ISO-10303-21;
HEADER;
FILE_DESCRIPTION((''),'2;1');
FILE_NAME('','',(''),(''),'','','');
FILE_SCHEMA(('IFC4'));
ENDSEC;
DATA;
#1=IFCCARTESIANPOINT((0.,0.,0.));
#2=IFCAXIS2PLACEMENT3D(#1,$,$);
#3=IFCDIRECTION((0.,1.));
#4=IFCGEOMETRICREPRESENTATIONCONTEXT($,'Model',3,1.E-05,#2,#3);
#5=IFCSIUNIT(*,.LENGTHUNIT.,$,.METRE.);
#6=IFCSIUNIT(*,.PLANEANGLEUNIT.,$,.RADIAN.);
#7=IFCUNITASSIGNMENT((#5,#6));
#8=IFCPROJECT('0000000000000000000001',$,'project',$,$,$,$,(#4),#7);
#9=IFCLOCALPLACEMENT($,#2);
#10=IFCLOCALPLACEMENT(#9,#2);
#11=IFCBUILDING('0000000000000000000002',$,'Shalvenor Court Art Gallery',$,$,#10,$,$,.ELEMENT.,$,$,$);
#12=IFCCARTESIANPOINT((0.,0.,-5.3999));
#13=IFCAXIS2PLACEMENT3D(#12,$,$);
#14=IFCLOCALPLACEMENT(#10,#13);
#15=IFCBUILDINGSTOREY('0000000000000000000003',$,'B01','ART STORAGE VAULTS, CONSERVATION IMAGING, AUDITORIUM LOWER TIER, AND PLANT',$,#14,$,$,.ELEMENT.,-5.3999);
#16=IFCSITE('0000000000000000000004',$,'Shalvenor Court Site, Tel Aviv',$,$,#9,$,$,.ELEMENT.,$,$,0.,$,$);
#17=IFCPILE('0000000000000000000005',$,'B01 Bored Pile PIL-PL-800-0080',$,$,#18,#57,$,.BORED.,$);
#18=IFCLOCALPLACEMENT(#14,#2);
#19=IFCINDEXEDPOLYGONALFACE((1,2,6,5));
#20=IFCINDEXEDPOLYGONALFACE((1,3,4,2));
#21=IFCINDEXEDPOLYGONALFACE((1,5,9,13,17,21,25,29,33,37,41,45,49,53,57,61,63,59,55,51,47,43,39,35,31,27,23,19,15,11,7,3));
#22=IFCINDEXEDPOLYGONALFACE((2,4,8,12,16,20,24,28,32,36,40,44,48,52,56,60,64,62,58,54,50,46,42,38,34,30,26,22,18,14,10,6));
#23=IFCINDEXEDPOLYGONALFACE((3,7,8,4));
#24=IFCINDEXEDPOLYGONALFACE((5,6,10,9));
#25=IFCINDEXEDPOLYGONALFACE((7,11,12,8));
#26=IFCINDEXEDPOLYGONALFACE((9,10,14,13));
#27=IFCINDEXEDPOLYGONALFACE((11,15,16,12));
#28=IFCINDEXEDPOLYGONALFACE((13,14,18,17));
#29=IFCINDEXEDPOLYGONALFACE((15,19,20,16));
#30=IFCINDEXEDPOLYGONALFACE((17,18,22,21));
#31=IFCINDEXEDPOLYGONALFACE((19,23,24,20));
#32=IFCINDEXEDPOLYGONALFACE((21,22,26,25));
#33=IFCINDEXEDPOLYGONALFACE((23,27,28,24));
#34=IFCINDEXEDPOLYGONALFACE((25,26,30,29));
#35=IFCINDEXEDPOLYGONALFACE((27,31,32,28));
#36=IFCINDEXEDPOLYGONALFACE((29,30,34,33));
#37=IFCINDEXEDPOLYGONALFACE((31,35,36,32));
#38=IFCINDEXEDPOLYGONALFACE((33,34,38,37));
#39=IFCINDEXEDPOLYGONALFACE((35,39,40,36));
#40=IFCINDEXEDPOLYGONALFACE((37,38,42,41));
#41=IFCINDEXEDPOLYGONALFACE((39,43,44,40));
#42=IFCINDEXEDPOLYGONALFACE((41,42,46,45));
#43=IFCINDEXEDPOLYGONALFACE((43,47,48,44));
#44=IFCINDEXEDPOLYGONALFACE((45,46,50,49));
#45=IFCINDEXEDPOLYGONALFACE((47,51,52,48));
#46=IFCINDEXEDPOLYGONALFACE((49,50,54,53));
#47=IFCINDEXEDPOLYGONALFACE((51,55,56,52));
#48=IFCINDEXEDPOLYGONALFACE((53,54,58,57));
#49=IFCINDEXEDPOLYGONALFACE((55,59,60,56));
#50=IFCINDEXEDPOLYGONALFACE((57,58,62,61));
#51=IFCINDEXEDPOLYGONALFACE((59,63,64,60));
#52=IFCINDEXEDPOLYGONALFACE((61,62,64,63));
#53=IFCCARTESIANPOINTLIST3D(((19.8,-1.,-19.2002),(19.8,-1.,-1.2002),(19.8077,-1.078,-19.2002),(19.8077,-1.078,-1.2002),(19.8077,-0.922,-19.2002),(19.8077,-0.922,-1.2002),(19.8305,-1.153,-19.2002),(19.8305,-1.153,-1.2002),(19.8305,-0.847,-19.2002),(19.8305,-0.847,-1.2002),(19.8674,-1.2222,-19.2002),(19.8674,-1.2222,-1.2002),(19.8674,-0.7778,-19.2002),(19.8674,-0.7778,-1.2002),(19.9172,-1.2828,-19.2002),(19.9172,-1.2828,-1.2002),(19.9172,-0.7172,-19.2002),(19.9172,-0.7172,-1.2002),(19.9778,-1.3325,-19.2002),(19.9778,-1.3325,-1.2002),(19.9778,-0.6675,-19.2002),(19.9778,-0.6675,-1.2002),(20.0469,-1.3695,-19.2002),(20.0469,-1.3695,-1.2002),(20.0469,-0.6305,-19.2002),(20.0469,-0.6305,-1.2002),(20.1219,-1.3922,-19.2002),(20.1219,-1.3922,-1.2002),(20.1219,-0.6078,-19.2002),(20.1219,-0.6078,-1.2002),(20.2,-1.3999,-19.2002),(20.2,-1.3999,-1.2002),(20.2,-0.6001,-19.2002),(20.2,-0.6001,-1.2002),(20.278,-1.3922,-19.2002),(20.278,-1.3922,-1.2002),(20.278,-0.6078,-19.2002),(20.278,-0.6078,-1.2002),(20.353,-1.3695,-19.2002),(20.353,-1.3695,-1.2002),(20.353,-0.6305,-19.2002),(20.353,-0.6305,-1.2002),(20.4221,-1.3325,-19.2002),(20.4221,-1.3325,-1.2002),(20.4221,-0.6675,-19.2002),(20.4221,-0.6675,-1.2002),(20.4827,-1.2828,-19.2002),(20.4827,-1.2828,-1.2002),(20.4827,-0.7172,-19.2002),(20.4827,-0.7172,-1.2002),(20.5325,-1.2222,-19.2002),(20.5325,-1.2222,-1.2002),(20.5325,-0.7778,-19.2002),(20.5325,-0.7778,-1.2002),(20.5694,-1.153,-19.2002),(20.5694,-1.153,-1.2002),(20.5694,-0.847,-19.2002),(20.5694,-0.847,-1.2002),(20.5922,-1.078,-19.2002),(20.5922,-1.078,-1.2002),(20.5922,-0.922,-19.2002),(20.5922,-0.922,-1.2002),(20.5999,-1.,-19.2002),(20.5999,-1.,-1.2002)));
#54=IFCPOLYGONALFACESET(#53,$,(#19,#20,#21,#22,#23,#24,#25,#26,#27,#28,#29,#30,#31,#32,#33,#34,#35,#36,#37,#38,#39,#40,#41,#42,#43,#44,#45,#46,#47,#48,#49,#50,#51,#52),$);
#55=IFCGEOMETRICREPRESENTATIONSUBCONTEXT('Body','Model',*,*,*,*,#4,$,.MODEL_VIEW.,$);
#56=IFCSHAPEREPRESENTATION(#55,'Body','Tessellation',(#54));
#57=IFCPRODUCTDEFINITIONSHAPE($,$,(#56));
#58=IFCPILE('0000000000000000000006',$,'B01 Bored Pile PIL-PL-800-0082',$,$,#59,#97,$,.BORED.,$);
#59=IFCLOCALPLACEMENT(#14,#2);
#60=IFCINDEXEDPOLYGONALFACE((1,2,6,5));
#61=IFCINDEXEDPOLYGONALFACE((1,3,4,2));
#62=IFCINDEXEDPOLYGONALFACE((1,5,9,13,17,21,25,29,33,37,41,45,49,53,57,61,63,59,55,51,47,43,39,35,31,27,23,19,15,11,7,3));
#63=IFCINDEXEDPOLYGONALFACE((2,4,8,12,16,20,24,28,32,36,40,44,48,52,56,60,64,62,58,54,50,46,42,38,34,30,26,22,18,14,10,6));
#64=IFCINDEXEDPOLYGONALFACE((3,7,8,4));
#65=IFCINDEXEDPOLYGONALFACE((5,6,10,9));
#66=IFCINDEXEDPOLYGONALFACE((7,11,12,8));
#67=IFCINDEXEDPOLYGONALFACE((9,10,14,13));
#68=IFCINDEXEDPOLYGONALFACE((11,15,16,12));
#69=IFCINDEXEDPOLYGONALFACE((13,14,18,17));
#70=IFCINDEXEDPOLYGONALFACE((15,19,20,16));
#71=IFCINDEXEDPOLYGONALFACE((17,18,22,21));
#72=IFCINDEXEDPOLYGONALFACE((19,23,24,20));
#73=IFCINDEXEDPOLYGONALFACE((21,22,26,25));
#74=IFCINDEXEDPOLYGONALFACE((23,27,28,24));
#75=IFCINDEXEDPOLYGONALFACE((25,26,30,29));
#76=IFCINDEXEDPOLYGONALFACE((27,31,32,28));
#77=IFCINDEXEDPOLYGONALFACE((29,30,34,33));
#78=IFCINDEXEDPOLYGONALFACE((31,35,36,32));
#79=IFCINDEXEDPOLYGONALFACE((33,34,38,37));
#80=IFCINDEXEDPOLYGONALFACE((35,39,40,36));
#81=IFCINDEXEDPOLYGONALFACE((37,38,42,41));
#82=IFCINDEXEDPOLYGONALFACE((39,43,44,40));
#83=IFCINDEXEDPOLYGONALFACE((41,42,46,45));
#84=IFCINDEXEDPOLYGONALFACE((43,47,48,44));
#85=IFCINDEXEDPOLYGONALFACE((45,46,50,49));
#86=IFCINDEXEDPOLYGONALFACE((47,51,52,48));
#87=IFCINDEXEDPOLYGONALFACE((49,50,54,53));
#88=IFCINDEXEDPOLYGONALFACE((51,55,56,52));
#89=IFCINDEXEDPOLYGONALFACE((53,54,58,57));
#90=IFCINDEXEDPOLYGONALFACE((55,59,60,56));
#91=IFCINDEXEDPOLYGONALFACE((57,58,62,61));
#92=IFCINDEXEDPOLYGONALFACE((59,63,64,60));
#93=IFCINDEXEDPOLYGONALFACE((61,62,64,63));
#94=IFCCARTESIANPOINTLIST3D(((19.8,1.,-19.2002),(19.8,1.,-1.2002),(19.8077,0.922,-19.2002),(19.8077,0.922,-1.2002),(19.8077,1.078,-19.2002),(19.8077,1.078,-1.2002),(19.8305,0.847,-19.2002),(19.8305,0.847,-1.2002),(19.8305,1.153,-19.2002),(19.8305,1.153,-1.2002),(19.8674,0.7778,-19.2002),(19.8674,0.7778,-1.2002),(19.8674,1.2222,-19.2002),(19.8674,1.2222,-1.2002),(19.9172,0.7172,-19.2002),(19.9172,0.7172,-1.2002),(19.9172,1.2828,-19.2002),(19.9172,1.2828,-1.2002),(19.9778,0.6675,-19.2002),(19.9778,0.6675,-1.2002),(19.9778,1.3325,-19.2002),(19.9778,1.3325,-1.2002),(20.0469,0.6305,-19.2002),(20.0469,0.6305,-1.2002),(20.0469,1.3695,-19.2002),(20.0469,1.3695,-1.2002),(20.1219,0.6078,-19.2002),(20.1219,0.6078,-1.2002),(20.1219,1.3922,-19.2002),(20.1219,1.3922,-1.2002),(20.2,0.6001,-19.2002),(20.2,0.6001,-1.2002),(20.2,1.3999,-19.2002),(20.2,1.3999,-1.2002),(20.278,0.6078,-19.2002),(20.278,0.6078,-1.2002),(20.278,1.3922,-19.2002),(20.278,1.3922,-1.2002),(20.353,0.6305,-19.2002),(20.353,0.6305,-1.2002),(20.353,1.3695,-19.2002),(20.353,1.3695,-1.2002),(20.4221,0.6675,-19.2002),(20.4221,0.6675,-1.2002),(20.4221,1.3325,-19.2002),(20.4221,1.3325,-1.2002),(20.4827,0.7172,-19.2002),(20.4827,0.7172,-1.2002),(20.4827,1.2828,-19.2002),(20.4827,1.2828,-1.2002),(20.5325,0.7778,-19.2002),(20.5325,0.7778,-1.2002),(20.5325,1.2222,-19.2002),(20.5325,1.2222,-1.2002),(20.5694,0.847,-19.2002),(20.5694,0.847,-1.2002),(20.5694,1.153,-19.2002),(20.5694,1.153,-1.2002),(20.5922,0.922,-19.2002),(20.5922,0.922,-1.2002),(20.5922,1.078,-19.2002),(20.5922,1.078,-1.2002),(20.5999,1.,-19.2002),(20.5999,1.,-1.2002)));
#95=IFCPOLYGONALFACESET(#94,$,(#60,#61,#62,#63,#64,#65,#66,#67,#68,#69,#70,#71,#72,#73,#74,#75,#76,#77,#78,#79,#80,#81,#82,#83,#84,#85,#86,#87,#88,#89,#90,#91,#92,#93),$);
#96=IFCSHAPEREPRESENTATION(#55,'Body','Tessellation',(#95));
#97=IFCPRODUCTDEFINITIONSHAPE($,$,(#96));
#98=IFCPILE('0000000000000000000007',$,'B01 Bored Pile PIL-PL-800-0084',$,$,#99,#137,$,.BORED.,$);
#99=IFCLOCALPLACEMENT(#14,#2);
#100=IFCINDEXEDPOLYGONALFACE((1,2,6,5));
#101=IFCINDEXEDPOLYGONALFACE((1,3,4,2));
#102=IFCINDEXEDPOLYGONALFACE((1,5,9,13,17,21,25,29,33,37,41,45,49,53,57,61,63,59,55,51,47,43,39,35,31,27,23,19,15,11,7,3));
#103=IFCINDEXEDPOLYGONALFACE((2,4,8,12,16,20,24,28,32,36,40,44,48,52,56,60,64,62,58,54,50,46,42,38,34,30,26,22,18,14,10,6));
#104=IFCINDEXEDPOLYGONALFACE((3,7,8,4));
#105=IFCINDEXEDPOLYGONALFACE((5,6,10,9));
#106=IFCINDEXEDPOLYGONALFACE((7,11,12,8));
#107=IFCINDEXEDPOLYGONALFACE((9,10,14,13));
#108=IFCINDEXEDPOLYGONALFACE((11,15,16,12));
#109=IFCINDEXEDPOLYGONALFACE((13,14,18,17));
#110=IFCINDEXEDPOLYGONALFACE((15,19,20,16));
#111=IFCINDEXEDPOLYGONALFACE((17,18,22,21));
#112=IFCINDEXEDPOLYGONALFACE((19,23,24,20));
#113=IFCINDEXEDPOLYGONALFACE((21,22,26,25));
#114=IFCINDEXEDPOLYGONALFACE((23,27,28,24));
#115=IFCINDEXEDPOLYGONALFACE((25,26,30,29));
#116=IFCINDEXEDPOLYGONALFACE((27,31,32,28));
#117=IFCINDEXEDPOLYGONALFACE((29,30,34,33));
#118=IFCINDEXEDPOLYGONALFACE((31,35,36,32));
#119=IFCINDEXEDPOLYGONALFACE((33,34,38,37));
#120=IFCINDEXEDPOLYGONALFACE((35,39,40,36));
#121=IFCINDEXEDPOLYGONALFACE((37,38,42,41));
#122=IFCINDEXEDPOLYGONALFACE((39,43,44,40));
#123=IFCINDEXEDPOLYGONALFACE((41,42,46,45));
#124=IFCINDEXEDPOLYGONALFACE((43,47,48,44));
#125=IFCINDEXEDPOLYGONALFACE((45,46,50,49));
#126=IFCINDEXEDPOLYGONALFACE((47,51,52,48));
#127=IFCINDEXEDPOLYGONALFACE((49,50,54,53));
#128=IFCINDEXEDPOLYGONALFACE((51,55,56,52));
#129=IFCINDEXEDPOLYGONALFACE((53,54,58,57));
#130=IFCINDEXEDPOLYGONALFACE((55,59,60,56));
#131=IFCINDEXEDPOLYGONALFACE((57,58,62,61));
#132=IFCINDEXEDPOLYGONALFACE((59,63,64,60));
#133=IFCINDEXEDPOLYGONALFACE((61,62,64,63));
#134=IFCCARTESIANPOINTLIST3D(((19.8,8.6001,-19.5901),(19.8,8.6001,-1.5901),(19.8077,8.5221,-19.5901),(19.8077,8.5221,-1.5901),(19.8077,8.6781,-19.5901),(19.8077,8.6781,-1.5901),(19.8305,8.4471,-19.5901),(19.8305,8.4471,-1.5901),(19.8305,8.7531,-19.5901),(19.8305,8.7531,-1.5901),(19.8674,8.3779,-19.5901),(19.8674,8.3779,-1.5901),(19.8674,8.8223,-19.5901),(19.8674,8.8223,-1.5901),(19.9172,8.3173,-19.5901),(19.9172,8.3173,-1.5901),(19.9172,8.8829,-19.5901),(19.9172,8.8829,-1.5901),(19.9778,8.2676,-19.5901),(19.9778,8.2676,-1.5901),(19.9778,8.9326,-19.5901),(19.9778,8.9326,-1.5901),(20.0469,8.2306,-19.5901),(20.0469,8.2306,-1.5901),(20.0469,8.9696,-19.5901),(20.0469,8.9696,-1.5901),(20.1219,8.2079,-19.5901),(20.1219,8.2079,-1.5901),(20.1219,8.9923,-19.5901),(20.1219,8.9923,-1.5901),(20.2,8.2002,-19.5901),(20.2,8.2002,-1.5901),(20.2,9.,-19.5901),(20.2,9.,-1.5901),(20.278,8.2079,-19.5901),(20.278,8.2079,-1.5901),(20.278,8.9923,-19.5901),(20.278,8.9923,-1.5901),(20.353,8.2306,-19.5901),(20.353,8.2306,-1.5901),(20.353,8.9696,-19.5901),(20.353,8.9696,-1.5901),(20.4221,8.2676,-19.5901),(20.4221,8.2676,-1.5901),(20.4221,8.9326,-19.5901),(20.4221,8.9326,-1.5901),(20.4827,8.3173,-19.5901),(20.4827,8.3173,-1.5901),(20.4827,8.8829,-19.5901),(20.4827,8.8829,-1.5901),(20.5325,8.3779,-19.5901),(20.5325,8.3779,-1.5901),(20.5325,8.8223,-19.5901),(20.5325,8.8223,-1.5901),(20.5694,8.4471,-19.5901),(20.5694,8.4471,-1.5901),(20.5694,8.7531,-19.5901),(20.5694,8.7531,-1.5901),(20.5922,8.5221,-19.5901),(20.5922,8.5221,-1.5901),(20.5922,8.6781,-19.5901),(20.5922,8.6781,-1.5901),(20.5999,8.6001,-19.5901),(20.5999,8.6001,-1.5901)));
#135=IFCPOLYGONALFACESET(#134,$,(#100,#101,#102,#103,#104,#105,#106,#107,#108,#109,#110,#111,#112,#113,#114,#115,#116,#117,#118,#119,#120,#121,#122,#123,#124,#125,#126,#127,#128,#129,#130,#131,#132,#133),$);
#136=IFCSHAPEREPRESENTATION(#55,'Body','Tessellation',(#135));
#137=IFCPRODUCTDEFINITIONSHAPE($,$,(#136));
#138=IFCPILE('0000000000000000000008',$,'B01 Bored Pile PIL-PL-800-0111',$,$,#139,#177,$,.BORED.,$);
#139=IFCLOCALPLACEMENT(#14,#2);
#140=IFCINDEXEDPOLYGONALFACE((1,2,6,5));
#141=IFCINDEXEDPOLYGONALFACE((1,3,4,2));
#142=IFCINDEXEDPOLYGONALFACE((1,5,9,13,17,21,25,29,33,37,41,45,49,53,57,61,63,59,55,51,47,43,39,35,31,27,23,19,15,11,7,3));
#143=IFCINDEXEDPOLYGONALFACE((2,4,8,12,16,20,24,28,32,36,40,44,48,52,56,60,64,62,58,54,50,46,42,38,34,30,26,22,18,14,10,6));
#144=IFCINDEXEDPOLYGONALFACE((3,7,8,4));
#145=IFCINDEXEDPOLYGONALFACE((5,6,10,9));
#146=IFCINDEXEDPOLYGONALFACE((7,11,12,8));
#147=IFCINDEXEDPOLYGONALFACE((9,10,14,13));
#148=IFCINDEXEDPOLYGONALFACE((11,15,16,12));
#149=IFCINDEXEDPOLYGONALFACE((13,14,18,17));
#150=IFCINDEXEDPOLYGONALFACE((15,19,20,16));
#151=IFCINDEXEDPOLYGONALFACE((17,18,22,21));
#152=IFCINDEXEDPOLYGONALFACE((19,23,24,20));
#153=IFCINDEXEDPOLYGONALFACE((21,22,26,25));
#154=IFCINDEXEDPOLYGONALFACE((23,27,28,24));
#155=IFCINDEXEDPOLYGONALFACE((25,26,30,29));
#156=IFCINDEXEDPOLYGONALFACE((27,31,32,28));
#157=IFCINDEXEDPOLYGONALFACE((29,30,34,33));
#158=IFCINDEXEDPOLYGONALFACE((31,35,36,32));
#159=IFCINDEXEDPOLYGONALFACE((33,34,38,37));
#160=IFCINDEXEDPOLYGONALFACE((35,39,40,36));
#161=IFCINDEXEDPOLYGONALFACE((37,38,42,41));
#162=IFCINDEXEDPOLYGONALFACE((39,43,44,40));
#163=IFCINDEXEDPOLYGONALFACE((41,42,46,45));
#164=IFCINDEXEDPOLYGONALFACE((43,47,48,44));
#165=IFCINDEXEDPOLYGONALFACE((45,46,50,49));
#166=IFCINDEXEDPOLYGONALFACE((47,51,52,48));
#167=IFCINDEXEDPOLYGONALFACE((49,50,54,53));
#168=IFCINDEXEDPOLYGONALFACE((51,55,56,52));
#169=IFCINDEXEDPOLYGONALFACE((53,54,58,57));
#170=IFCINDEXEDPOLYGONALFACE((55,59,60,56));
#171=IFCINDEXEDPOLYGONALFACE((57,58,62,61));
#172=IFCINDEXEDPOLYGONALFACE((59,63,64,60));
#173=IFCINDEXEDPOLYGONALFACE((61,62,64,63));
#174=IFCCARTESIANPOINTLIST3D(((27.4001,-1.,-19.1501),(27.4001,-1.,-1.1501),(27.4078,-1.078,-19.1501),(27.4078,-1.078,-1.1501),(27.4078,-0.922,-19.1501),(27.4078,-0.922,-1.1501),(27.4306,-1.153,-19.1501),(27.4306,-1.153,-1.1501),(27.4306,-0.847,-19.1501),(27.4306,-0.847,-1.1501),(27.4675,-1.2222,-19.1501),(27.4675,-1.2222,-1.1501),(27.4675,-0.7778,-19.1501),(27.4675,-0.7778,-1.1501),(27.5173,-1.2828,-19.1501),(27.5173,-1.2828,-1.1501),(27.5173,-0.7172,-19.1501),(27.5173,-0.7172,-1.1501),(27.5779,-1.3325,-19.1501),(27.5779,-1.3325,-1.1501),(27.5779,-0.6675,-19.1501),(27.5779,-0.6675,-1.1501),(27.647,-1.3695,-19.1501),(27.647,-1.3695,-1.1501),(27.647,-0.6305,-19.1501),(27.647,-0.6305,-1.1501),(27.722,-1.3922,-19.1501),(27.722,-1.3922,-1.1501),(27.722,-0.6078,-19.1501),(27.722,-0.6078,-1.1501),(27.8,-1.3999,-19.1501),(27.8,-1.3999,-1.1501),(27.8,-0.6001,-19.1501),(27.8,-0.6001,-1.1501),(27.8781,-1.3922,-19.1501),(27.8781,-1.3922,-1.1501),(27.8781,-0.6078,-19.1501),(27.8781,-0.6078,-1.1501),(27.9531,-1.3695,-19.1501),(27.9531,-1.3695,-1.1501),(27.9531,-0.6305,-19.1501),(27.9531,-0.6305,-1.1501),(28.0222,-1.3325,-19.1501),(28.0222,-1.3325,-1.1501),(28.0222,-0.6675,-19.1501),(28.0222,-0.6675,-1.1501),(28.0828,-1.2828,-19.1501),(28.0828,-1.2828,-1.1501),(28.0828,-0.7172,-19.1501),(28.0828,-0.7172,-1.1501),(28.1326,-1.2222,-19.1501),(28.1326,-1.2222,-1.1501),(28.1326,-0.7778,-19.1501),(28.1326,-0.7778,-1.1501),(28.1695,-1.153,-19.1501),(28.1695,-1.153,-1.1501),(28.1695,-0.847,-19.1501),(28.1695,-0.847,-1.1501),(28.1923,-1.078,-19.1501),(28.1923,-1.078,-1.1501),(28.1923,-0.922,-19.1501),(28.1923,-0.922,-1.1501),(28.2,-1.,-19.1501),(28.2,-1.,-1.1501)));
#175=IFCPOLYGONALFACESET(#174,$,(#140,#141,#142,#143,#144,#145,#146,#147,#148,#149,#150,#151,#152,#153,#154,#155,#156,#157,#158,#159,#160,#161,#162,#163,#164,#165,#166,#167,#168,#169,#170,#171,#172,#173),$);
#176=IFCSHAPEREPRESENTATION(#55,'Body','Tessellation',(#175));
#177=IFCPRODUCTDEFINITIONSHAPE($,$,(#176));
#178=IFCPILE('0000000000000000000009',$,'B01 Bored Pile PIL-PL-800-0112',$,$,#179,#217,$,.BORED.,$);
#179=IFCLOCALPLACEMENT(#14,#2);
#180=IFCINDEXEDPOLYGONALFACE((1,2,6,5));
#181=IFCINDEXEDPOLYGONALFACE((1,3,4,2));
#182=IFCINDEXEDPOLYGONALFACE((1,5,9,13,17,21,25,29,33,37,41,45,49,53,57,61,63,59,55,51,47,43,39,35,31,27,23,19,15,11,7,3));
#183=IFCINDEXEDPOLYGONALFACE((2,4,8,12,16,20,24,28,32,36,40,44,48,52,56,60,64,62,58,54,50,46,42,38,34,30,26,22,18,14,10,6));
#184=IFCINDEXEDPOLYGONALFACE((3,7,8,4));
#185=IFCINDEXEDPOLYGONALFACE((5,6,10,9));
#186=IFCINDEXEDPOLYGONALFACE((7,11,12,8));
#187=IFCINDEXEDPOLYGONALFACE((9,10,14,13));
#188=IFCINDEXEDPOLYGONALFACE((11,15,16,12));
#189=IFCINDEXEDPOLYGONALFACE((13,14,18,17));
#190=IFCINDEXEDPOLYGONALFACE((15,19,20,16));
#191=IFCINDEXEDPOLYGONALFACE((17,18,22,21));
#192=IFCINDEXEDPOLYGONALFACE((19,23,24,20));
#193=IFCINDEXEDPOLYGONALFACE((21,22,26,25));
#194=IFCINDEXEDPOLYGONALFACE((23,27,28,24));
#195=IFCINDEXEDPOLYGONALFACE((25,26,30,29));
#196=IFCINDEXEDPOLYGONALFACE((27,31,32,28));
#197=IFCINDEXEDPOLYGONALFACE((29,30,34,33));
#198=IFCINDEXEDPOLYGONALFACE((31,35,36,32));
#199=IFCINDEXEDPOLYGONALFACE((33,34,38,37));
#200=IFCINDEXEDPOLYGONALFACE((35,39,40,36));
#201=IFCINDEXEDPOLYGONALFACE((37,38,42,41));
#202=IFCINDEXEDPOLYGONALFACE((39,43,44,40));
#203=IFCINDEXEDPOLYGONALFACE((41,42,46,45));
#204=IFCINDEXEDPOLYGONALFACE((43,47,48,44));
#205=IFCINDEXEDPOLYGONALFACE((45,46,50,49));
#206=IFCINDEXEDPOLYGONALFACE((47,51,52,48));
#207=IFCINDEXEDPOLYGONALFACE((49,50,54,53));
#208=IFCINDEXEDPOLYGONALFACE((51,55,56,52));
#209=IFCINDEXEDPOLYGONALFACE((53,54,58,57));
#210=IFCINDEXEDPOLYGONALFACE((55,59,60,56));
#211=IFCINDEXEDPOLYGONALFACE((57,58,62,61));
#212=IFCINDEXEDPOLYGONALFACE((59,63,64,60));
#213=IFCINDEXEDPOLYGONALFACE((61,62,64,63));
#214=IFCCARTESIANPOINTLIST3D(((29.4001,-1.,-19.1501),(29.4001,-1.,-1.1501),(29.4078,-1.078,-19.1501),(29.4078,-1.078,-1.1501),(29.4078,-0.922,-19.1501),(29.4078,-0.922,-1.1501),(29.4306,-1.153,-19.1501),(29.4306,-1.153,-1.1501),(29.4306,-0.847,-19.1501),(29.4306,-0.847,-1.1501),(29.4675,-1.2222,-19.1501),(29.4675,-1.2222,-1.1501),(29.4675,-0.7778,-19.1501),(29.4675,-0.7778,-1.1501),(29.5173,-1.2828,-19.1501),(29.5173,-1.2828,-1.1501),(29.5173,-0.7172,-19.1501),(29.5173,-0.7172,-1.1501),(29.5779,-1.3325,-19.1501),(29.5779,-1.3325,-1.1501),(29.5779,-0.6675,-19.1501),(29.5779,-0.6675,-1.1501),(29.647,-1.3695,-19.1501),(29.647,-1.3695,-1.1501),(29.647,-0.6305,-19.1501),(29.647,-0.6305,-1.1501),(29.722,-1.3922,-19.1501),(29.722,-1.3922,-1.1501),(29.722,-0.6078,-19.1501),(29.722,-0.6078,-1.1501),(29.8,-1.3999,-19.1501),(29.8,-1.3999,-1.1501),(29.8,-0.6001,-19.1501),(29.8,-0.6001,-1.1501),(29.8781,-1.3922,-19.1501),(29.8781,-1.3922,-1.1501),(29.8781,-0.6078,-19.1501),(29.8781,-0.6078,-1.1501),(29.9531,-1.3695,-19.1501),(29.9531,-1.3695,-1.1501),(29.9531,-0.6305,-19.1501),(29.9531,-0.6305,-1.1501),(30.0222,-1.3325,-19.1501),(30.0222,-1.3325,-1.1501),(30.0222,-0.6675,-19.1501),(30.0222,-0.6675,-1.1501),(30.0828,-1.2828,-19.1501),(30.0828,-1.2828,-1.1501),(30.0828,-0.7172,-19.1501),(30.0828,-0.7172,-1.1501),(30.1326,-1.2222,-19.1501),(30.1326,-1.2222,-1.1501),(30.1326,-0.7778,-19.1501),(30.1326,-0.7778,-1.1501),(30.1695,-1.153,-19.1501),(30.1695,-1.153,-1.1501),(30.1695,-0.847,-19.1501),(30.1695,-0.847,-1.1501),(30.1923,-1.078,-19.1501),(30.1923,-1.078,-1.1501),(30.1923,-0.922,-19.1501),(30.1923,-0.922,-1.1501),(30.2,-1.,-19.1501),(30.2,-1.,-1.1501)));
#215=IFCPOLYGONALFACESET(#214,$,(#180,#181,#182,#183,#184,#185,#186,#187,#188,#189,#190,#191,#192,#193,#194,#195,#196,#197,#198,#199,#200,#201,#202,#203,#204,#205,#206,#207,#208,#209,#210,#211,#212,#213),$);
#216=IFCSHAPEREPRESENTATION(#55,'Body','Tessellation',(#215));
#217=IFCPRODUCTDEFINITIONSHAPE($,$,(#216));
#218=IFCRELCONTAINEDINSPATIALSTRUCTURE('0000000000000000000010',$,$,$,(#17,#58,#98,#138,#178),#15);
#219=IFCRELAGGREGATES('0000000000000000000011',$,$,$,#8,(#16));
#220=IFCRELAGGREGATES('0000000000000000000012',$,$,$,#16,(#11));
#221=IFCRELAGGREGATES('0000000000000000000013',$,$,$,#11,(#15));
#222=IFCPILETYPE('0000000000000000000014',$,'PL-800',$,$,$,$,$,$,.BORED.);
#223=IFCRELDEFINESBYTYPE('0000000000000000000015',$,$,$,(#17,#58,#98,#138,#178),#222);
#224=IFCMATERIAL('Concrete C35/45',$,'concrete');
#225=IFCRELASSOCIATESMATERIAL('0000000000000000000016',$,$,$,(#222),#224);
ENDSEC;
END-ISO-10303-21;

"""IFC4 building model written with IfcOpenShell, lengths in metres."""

from ifc_helpers import new_model, si_unit, direction, frame, origin, origin_2d, place, context, subcontext, project, spatial, circle, extrude, material, material_profile, profile_set, type_object, element, save


model = new_model("IFC4")

# Units and contexts
model_context = context("Model", 3, precision=1e-05, world=origin(), true_north=direction((0.0, 1.0)))
body_context = subcontext(model_context, "Body", "Model", "MODEL_VIEW")
ifc_project = project(units=[si_unit("LENGTHUNIT", "METRE"), si_unit("PLANEANGLEUNIT", "RADIAN")], contexts=[model_context])

# Site, building, storey
site_placement = place(None, origin())
site = spatial("IfcSite", under=ifc_project, at=site_placement, Name="Shalvenor Court Site, Tel Aviv", CompositionType="ELEMENT", RefElevation=0.0)
building_placement = place(site_placement, origin())
building = spatial("IfcBuilding", under=site, at=building_placement, Name="Shalvenor Court Art Gallery", CompositionType="ELEMENT")
storey_placement = place(building_placement, frame((0.0, 0.0, -5.3999)))
storey = spatial("IfcBuildingStorey", under=building, at=storey_placement, Name="B01", Description="ART STORAGE VAULTS, CONSERVATION IMAGING, AUDITORIUM LOWER TIER, AND PLANT", CompositionType="ELEMENT", Elevation=-5.3999)

# Piles
ifc_material_1 = material(Name="Concrete C35/45", Category="concrete")
ifc_material_profile_1 = material_profile(ifc_material_1, circle(Radius=0.3999, at=origin_2d()), Name="PILE 800")
ifc_profile_set_1 = profile_set([ifc_material_profile_1], Name="Concrete C35/45")
pile_type_1 = type_object("IfcPileType", Name="PL-800", PredefinedType="BORED", material=ifc_profile_set_1)
for number, where, z_axis, x_axis, name in (
    (1, (20.2, -1.0, -1.2002), (0.0, 0.0, -1.0), (1.0, 0.0, 0.0), "B01 Bored Pile PIL-PL-800-0080"),
    (2, (20.2, 1.0, -1.2002), (0.0, 0.0, -1.0), (1.0, 0.0, 0.0), "B01 Bored Pile PIL-PL-800-0082"),
    (3, (20.2, 8.6001, -1.5901), (0.0, 0.0, -1.0), (1.0, 0.0, 0.0), "B01 Bored Pile PIL-PL-800-0084"),
    (4, (27.8, -1.0, -1.1501), (0.0, 0.0, -1.0), (1.0, 0.0, 0.0), "B01 Bored Pile PIL-PL-800-0111"),
    (5, (29.8, -1.0, -1.1501), (0.0, 0.0, -1.0), (1.0, 0.0, 0.0), "B01 Bored Pile PIL-PL-800-0112"),
):
    element("IfcPile", number, at=place(storey_placement, frame(where, z_axis=z_axis, x_axis=x_axis)), inside=storey, type_object=pile_type_1, Name=name, PredefinedType="BORED", context=body_context, shape_type="SweptSolid", body=[
        extrude(circle(Radius=0.3999, at=origin_2d()), origin(), (0.0, 0.0, 1.0), 18.0),
    ])

save(model, "model.ifc")
